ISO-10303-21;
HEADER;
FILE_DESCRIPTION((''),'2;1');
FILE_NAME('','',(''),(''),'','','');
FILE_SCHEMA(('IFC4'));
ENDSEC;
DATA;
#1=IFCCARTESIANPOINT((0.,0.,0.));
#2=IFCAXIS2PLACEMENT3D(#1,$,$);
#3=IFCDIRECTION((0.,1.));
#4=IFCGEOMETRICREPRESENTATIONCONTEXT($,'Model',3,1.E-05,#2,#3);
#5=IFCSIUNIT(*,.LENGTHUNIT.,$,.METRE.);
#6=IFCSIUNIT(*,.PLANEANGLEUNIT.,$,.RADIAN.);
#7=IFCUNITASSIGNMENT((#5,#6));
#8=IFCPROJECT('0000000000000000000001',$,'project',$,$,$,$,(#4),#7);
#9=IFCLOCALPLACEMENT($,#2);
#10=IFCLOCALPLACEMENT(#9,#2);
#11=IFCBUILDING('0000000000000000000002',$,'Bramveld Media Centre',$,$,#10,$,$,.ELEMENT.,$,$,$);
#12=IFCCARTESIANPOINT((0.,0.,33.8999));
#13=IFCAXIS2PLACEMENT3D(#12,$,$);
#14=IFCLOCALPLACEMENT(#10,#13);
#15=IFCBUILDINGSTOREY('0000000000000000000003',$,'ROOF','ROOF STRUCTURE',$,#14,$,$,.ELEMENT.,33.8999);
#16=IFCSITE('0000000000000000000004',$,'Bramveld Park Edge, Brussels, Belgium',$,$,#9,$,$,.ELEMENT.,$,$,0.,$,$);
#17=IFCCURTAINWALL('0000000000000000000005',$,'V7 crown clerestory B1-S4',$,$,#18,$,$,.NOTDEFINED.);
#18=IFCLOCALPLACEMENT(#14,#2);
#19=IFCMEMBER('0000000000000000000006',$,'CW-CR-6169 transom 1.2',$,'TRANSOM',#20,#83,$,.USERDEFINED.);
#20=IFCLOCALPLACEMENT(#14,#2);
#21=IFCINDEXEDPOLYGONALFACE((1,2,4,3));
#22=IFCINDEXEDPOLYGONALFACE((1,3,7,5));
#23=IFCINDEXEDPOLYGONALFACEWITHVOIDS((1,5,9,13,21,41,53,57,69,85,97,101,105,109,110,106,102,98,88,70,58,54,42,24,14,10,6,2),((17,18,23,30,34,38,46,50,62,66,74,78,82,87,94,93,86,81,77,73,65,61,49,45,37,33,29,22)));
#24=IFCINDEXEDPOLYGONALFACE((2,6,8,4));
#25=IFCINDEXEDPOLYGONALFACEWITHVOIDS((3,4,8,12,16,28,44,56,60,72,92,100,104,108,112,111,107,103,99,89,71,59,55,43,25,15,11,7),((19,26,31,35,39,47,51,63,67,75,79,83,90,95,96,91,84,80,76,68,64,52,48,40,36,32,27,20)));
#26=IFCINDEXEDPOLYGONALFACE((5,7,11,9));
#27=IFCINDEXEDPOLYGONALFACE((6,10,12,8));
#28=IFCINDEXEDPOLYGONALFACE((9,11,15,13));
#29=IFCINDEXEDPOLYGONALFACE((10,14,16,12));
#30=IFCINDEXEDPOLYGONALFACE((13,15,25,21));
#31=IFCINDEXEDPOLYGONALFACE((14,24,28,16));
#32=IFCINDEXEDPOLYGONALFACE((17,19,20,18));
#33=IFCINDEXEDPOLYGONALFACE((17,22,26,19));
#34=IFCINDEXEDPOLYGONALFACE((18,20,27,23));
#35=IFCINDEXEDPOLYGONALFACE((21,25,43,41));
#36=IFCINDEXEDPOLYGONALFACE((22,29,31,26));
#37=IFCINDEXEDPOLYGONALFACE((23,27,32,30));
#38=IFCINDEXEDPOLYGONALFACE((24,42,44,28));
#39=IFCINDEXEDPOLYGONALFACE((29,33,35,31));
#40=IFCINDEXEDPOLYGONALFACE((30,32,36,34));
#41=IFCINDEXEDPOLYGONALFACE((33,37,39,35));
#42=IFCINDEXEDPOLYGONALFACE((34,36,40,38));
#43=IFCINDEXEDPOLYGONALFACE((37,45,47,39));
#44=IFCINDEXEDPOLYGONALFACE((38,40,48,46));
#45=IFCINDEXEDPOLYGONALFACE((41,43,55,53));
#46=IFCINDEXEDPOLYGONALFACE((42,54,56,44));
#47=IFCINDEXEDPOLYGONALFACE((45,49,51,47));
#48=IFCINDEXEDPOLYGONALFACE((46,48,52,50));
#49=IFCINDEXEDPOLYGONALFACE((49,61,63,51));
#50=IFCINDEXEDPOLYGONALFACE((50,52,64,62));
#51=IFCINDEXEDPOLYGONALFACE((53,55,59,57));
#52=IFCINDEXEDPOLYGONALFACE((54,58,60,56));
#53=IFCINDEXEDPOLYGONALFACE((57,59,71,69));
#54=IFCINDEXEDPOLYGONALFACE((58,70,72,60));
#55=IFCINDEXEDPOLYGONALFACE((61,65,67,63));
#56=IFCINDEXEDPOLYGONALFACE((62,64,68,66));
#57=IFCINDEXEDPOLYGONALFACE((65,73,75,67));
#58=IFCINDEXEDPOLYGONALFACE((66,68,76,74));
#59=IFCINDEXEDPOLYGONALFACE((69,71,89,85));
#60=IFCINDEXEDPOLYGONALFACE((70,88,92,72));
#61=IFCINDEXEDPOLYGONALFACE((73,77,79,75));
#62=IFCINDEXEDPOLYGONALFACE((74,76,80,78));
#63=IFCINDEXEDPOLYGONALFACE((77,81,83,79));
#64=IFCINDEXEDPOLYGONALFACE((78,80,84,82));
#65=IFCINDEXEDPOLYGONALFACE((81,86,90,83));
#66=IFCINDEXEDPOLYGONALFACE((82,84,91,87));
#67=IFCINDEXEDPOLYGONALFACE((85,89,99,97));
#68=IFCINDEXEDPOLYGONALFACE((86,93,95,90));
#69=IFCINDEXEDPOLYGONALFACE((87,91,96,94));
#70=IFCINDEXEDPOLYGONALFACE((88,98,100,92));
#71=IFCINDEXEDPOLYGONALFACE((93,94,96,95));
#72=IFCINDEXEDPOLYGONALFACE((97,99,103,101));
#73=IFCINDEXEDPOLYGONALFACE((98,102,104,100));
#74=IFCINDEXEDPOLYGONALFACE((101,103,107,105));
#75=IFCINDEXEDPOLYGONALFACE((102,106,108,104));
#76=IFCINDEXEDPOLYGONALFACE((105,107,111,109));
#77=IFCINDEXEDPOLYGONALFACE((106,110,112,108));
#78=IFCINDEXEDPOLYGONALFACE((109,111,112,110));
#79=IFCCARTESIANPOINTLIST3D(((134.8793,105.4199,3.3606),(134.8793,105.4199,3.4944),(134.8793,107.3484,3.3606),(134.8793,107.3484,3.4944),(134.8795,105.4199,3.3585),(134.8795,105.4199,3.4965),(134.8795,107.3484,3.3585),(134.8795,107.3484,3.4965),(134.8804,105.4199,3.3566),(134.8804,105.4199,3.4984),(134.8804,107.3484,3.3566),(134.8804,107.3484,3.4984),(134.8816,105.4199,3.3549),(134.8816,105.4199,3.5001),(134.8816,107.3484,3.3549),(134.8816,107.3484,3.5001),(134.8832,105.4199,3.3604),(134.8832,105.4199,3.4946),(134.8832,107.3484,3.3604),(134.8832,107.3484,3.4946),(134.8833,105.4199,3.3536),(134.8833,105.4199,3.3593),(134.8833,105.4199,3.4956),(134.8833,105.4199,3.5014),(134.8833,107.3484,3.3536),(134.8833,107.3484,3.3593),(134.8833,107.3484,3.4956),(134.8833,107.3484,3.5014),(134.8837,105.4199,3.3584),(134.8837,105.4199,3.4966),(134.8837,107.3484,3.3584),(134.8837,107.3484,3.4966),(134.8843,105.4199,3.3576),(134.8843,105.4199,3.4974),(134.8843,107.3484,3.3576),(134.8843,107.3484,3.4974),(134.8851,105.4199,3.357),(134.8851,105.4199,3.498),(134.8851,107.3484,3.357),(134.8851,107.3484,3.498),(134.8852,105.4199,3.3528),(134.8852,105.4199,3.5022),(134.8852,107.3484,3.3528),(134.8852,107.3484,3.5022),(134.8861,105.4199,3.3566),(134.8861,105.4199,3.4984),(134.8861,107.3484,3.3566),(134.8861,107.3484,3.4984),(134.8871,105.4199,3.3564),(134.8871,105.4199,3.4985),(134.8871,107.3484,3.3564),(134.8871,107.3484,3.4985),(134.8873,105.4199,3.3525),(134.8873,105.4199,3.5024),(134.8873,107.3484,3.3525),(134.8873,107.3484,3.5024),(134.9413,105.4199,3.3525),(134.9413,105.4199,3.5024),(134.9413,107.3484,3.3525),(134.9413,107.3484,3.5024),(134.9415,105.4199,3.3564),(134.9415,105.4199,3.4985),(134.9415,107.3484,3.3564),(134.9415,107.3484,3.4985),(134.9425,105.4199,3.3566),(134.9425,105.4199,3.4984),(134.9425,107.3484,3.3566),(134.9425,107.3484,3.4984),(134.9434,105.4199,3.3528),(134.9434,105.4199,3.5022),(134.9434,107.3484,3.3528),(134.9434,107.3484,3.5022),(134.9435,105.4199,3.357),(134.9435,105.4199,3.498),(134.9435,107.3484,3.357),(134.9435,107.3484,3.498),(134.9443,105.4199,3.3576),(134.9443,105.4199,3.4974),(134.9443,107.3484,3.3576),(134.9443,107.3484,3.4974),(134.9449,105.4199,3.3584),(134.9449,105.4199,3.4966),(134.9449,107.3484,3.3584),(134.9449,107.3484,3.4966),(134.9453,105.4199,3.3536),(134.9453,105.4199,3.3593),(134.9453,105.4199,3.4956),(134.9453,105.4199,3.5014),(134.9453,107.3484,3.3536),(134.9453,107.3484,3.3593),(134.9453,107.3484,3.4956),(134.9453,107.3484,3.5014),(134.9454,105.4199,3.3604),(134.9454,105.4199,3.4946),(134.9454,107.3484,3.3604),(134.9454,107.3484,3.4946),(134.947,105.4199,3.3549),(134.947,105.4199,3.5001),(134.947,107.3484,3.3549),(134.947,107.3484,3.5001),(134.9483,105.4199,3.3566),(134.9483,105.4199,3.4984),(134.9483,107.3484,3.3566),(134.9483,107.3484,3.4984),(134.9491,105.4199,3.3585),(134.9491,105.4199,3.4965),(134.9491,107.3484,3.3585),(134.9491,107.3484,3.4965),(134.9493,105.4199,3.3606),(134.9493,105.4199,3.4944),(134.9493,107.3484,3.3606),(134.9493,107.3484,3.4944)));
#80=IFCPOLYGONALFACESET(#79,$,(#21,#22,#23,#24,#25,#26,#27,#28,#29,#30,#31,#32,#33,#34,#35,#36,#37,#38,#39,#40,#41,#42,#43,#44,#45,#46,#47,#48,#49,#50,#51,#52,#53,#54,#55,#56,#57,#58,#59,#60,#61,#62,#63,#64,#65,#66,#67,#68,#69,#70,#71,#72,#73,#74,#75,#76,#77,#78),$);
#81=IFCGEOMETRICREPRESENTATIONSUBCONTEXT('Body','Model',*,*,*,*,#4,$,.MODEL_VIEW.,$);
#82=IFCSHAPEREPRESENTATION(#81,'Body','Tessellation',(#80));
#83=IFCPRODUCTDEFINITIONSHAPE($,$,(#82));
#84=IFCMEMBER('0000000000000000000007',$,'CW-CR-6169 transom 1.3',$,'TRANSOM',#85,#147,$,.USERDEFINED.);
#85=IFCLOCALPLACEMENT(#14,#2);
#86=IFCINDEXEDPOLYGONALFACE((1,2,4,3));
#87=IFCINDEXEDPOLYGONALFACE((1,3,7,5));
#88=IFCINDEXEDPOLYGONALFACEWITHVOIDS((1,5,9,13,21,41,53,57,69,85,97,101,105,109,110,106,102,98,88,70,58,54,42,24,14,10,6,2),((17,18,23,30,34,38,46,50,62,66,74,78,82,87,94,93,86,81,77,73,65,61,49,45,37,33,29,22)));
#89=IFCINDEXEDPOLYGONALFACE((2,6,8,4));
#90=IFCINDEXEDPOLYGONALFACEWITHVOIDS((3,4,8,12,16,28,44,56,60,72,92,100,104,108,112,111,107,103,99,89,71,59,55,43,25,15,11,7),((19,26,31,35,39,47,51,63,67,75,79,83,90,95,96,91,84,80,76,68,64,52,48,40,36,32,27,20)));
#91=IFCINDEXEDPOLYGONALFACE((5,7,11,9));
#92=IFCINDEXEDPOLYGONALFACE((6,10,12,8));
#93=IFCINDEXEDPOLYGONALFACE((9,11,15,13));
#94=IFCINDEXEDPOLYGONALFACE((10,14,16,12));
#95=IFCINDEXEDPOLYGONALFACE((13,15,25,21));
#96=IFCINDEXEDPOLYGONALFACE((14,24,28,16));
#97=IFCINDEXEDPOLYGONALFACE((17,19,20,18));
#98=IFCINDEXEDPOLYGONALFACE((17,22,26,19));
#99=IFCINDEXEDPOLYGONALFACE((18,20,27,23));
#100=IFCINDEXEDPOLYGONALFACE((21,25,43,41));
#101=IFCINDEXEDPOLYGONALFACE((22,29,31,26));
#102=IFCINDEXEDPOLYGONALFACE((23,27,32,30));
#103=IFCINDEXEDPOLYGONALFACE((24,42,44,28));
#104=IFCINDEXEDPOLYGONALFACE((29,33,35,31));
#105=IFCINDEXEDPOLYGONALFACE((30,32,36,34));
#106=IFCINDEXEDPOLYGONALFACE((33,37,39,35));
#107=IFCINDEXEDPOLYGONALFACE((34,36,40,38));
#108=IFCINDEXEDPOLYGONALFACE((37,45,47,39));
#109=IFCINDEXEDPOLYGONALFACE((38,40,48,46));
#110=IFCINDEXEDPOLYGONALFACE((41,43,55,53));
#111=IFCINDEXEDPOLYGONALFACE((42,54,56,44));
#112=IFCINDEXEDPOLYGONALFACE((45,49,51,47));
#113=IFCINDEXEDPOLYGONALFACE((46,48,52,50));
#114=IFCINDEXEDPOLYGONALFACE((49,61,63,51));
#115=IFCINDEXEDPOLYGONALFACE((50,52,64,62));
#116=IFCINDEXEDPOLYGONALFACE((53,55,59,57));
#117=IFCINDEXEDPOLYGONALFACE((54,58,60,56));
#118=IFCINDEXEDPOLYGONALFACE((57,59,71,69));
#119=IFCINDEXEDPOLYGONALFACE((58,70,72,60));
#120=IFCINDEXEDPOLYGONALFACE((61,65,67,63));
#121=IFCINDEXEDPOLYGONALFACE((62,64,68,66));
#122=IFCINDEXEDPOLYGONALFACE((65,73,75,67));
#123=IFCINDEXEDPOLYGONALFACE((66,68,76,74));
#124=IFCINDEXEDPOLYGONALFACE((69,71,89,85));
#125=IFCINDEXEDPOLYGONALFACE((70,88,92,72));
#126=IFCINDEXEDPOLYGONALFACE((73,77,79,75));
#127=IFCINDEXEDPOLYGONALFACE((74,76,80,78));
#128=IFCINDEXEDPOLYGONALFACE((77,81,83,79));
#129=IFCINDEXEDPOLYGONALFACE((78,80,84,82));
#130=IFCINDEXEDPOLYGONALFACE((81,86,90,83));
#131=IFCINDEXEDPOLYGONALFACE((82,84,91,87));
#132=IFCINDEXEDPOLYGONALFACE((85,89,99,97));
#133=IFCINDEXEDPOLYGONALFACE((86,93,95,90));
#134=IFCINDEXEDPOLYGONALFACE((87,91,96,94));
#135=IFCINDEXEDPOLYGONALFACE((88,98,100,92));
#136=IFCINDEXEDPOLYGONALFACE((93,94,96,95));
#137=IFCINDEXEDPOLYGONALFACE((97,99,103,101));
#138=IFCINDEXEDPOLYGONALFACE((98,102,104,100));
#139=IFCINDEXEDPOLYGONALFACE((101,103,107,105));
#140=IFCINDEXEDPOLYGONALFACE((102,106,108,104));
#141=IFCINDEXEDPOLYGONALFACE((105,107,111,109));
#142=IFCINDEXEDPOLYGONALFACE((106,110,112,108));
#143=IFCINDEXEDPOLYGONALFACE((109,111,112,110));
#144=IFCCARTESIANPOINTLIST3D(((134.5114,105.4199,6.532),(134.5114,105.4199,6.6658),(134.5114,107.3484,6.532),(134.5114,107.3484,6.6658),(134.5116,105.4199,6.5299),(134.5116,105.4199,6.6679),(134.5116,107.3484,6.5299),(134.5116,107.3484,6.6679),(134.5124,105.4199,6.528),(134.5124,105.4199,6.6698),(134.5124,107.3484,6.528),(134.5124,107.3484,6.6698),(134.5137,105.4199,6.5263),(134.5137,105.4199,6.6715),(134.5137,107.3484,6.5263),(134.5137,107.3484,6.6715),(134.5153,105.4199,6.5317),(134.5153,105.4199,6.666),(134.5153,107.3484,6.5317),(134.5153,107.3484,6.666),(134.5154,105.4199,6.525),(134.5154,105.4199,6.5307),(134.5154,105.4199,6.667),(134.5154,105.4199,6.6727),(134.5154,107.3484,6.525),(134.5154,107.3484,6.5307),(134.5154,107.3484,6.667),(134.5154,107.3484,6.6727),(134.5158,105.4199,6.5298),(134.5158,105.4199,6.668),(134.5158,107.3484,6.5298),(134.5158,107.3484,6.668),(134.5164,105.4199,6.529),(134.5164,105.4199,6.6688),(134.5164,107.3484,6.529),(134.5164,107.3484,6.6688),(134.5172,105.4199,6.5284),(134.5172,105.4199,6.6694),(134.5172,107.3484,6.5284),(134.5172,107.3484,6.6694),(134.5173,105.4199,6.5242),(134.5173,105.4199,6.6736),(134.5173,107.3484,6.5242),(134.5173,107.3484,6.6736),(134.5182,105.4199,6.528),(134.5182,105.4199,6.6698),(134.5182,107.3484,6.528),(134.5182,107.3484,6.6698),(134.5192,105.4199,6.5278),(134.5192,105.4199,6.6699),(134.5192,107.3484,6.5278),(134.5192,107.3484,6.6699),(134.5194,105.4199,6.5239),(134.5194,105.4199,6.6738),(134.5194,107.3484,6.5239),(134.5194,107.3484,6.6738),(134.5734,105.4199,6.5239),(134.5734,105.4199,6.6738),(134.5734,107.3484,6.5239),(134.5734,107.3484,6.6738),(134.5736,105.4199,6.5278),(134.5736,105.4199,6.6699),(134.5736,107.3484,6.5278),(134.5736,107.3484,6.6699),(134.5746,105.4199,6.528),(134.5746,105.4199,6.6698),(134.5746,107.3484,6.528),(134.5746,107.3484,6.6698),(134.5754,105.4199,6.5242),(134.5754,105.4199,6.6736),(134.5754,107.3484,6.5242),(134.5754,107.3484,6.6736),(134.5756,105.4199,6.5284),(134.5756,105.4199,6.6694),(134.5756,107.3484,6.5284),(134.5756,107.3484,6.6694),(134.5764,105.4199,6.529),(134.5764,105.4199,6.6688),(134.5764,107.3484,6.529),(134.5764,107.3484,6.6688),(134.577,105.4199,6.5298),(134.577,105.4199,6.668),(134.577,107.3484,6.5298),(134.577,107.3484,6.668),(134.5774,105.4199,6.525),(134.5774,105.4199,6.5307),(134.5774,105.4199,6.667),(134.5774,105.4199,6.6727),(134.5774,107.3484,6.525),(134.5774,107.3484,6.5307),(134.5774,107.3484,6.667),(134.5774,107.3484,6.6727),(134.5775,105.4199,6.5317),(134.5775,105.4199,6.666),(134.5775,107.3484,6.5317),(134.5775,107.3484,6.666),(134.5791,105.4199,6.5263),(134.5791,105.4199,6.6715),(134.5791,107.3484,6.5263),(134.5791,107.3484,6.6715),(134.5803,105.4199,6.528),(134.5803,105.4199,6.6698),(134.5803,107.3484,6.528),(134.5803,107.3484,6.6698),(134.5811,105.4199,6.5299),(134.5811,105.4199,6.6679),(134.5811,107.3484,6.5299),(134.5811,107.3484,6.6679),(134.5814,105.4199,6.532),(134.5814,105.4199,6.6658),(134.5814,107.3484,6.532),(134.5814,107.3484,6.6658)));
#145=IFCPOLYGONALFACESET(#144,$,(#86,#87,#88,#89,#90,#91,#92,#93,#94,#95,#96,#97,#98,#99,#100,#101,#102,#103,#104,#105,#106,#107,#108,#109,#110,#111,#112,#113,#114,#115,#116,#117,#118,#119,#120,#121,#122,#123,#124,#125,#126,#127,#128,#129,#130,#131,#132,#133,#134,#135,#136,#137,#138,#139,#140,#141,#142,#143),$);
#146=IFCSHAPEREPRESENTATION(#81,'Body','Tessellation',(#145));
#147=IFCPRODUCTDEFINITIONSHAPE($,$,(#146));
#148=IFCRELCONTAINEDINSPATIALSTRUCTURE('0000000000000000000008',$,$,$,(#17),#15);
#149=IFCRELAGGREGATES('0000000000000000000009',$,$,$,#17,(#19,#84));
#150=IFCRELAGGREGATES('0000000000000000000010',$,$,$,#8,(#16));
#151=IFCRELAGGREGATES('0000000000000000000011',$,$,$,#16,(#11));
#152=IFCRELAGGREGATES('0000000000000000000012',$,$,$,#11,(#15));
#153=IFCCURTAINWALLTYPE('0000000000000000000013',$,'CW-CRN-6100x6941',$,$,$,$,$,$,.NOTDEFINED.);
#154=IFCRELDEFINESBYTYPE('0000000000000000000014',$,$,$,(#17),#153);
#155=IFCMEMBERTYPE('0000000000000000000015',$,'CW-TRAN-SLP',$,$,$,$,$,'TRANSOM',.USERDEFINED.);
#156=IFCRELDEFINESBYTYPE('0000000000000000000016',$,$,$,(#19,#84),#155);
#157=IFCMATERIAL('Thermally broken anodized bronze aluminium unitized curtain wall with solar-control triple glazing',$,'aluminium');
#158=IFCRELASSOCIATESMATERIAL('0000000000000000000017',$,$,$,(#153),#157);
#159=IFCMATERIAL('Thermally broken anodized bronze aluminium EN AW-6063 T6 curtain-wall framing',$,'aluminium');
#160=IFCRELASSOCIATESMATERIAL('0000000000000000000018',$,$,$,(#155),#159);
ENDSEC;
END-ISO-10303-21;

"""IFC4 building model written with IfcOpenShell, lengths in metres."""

from ifc_helpers import new_model, si_unit, direction, frame, origin, origin_2d, place, context, subcontext, project, spatial, hollow_rectangle, extrude, material, material_profile, profile_set, type_object, element, aggregate, save


model = new_model("IFC4")

# Units and contexts
model_context = context("Model", 3, precision=1e-05, world=origin(), true_north=direction((0.0, 1.0)))
body_context = subcontext(model_context, "Body", "Model", "MODEL_VIEW")
ifc_project = project(units=[si_unit("LENGTHUNIT", "METRE"), si_unit("PLANEANGLEUNIT", "RADIAN")], contexts=[model_context])

# Site, building, storey
site_placement = place(None, origin())
site = spatial("IfcSite", under=ifc_project, at=site_placement, Name="Bramveld Park Edge, Brussels, Belgium", CompositionType="ELEMENT", RefElevation=0.0)
building_placement = place(site_placement, origin())
building = spatial("IfcBuilding", under=site, at=building_placement, Name="Bramveld Media Centre", CompositionType="ELEMENT")
storey_placement = place(building_placement, frame((0.0, 0.0, 33.8999)))
storey = spatial("IfcBuildingStorey", under=building, at=storey_placement, Name="ROOF", Description="ROOF STRUCTURE", CompositionType="ELEMENT", Elevation=33.8999)

# Curtain wall, members
ifc_material_1 = material(Name="Thermally broken anodized bronze aluminium unitized curtain wall with solar-control triple glazing", Category="aluminium")
curtain_wall_type = type_object("IfcCurtainWallType", Name="CW-CRN-6100x6941", PredefinedType="NOTDEFINED", material=ifc_material_1)
curtain_wall_placement = place(storey_placement, origin())
curtain_wall = element("IfcCurtainWall", 1, at=curtain_wall_placement, inside=storey, type_object=curtain_wall_type, Name="V7 crown clerestory B1-S4", PredefinedType="NOTDEFINED")
ifc_material_2 = material(Name="Thermally broken anodized bronze aluminium EN AW-6063 T6 curtain-wall framing", Category="aluminium")
ifc_material_profile_1 = material_profile(ifc_material_2, hollow_rectangle(XDim=0.0701, YDim=0.1499, WallThickness=0.0039, InnerFilletRadius=0.0039, OuterFilletRadius=0.0081, at=origin_2d()), Name="AL-TRAN 70x150")
ifc_profile_set_1 = profile_set([ifc_material_profile_1], Name="Thermally broken anodized bronze aluminium EN AW-6063 T6 curtain-wall framing")
member_type_1 = type_object("IfcMemberType", Name="CW-TRAN-SLP", ElementType="TRANSOM", PredefinedType="USERDEFINED", material=ifc_profile_set_1)
member_1_placement = place(storey_placement, frame((134.9143, 105.4199, 3.4275), z_axis=(0.0, 1.0, 0.0), x_axis=(-1.0, 0.0, 0.0)))
member_1 = element("IfcMember", 2, at=member_1_placement, type_object=member_type_1, Name="CW-CR-6169 transom 1.2", ObjectType="TRANSOM", PredefinedType="USERDEFINED", context=body_context, shape_type="SweptSolid", body=[
    extrude(hollow_rectangle(XDim=0.0701, YDim=0.1499, WallThickness=0.0039, InnerFilletRadius=0.0039, OuterFilletRadius=0.0081, at=origin_2d()), origin(), (0.0, 0.0, 1.0), 1.9285),
])
member_2_placement = place(storey_placement, frame((134.5464, 105.4199, 6.5989), z_axis=(0.0, 1.0, 0.0), x_axis=(-1.0, 0.0, 0.0)))
member_2 = element("IfcMember", 3, at=member_2_placement, type_object=member_type_1, Name="CW-CR-6169 transom 1.3", ObjectType="TRANSOM", PredefinedType="USERDEFINED", context=body_context, shape_type="SweptSolid", body=[
    extrude(hollow_rectangle(XDim=0.0701, YDim=0.1499, WallThickness=0.0039, InnerFilletRadius=0.0039, OuterFilletRadius=0.0081, at=origin_2d()), origin(), (0.0, 0.0, 1.0), 1.9285),
])

aggregate(curtain_wall, [member_1, member_2])

save(model, "model.ifc")
